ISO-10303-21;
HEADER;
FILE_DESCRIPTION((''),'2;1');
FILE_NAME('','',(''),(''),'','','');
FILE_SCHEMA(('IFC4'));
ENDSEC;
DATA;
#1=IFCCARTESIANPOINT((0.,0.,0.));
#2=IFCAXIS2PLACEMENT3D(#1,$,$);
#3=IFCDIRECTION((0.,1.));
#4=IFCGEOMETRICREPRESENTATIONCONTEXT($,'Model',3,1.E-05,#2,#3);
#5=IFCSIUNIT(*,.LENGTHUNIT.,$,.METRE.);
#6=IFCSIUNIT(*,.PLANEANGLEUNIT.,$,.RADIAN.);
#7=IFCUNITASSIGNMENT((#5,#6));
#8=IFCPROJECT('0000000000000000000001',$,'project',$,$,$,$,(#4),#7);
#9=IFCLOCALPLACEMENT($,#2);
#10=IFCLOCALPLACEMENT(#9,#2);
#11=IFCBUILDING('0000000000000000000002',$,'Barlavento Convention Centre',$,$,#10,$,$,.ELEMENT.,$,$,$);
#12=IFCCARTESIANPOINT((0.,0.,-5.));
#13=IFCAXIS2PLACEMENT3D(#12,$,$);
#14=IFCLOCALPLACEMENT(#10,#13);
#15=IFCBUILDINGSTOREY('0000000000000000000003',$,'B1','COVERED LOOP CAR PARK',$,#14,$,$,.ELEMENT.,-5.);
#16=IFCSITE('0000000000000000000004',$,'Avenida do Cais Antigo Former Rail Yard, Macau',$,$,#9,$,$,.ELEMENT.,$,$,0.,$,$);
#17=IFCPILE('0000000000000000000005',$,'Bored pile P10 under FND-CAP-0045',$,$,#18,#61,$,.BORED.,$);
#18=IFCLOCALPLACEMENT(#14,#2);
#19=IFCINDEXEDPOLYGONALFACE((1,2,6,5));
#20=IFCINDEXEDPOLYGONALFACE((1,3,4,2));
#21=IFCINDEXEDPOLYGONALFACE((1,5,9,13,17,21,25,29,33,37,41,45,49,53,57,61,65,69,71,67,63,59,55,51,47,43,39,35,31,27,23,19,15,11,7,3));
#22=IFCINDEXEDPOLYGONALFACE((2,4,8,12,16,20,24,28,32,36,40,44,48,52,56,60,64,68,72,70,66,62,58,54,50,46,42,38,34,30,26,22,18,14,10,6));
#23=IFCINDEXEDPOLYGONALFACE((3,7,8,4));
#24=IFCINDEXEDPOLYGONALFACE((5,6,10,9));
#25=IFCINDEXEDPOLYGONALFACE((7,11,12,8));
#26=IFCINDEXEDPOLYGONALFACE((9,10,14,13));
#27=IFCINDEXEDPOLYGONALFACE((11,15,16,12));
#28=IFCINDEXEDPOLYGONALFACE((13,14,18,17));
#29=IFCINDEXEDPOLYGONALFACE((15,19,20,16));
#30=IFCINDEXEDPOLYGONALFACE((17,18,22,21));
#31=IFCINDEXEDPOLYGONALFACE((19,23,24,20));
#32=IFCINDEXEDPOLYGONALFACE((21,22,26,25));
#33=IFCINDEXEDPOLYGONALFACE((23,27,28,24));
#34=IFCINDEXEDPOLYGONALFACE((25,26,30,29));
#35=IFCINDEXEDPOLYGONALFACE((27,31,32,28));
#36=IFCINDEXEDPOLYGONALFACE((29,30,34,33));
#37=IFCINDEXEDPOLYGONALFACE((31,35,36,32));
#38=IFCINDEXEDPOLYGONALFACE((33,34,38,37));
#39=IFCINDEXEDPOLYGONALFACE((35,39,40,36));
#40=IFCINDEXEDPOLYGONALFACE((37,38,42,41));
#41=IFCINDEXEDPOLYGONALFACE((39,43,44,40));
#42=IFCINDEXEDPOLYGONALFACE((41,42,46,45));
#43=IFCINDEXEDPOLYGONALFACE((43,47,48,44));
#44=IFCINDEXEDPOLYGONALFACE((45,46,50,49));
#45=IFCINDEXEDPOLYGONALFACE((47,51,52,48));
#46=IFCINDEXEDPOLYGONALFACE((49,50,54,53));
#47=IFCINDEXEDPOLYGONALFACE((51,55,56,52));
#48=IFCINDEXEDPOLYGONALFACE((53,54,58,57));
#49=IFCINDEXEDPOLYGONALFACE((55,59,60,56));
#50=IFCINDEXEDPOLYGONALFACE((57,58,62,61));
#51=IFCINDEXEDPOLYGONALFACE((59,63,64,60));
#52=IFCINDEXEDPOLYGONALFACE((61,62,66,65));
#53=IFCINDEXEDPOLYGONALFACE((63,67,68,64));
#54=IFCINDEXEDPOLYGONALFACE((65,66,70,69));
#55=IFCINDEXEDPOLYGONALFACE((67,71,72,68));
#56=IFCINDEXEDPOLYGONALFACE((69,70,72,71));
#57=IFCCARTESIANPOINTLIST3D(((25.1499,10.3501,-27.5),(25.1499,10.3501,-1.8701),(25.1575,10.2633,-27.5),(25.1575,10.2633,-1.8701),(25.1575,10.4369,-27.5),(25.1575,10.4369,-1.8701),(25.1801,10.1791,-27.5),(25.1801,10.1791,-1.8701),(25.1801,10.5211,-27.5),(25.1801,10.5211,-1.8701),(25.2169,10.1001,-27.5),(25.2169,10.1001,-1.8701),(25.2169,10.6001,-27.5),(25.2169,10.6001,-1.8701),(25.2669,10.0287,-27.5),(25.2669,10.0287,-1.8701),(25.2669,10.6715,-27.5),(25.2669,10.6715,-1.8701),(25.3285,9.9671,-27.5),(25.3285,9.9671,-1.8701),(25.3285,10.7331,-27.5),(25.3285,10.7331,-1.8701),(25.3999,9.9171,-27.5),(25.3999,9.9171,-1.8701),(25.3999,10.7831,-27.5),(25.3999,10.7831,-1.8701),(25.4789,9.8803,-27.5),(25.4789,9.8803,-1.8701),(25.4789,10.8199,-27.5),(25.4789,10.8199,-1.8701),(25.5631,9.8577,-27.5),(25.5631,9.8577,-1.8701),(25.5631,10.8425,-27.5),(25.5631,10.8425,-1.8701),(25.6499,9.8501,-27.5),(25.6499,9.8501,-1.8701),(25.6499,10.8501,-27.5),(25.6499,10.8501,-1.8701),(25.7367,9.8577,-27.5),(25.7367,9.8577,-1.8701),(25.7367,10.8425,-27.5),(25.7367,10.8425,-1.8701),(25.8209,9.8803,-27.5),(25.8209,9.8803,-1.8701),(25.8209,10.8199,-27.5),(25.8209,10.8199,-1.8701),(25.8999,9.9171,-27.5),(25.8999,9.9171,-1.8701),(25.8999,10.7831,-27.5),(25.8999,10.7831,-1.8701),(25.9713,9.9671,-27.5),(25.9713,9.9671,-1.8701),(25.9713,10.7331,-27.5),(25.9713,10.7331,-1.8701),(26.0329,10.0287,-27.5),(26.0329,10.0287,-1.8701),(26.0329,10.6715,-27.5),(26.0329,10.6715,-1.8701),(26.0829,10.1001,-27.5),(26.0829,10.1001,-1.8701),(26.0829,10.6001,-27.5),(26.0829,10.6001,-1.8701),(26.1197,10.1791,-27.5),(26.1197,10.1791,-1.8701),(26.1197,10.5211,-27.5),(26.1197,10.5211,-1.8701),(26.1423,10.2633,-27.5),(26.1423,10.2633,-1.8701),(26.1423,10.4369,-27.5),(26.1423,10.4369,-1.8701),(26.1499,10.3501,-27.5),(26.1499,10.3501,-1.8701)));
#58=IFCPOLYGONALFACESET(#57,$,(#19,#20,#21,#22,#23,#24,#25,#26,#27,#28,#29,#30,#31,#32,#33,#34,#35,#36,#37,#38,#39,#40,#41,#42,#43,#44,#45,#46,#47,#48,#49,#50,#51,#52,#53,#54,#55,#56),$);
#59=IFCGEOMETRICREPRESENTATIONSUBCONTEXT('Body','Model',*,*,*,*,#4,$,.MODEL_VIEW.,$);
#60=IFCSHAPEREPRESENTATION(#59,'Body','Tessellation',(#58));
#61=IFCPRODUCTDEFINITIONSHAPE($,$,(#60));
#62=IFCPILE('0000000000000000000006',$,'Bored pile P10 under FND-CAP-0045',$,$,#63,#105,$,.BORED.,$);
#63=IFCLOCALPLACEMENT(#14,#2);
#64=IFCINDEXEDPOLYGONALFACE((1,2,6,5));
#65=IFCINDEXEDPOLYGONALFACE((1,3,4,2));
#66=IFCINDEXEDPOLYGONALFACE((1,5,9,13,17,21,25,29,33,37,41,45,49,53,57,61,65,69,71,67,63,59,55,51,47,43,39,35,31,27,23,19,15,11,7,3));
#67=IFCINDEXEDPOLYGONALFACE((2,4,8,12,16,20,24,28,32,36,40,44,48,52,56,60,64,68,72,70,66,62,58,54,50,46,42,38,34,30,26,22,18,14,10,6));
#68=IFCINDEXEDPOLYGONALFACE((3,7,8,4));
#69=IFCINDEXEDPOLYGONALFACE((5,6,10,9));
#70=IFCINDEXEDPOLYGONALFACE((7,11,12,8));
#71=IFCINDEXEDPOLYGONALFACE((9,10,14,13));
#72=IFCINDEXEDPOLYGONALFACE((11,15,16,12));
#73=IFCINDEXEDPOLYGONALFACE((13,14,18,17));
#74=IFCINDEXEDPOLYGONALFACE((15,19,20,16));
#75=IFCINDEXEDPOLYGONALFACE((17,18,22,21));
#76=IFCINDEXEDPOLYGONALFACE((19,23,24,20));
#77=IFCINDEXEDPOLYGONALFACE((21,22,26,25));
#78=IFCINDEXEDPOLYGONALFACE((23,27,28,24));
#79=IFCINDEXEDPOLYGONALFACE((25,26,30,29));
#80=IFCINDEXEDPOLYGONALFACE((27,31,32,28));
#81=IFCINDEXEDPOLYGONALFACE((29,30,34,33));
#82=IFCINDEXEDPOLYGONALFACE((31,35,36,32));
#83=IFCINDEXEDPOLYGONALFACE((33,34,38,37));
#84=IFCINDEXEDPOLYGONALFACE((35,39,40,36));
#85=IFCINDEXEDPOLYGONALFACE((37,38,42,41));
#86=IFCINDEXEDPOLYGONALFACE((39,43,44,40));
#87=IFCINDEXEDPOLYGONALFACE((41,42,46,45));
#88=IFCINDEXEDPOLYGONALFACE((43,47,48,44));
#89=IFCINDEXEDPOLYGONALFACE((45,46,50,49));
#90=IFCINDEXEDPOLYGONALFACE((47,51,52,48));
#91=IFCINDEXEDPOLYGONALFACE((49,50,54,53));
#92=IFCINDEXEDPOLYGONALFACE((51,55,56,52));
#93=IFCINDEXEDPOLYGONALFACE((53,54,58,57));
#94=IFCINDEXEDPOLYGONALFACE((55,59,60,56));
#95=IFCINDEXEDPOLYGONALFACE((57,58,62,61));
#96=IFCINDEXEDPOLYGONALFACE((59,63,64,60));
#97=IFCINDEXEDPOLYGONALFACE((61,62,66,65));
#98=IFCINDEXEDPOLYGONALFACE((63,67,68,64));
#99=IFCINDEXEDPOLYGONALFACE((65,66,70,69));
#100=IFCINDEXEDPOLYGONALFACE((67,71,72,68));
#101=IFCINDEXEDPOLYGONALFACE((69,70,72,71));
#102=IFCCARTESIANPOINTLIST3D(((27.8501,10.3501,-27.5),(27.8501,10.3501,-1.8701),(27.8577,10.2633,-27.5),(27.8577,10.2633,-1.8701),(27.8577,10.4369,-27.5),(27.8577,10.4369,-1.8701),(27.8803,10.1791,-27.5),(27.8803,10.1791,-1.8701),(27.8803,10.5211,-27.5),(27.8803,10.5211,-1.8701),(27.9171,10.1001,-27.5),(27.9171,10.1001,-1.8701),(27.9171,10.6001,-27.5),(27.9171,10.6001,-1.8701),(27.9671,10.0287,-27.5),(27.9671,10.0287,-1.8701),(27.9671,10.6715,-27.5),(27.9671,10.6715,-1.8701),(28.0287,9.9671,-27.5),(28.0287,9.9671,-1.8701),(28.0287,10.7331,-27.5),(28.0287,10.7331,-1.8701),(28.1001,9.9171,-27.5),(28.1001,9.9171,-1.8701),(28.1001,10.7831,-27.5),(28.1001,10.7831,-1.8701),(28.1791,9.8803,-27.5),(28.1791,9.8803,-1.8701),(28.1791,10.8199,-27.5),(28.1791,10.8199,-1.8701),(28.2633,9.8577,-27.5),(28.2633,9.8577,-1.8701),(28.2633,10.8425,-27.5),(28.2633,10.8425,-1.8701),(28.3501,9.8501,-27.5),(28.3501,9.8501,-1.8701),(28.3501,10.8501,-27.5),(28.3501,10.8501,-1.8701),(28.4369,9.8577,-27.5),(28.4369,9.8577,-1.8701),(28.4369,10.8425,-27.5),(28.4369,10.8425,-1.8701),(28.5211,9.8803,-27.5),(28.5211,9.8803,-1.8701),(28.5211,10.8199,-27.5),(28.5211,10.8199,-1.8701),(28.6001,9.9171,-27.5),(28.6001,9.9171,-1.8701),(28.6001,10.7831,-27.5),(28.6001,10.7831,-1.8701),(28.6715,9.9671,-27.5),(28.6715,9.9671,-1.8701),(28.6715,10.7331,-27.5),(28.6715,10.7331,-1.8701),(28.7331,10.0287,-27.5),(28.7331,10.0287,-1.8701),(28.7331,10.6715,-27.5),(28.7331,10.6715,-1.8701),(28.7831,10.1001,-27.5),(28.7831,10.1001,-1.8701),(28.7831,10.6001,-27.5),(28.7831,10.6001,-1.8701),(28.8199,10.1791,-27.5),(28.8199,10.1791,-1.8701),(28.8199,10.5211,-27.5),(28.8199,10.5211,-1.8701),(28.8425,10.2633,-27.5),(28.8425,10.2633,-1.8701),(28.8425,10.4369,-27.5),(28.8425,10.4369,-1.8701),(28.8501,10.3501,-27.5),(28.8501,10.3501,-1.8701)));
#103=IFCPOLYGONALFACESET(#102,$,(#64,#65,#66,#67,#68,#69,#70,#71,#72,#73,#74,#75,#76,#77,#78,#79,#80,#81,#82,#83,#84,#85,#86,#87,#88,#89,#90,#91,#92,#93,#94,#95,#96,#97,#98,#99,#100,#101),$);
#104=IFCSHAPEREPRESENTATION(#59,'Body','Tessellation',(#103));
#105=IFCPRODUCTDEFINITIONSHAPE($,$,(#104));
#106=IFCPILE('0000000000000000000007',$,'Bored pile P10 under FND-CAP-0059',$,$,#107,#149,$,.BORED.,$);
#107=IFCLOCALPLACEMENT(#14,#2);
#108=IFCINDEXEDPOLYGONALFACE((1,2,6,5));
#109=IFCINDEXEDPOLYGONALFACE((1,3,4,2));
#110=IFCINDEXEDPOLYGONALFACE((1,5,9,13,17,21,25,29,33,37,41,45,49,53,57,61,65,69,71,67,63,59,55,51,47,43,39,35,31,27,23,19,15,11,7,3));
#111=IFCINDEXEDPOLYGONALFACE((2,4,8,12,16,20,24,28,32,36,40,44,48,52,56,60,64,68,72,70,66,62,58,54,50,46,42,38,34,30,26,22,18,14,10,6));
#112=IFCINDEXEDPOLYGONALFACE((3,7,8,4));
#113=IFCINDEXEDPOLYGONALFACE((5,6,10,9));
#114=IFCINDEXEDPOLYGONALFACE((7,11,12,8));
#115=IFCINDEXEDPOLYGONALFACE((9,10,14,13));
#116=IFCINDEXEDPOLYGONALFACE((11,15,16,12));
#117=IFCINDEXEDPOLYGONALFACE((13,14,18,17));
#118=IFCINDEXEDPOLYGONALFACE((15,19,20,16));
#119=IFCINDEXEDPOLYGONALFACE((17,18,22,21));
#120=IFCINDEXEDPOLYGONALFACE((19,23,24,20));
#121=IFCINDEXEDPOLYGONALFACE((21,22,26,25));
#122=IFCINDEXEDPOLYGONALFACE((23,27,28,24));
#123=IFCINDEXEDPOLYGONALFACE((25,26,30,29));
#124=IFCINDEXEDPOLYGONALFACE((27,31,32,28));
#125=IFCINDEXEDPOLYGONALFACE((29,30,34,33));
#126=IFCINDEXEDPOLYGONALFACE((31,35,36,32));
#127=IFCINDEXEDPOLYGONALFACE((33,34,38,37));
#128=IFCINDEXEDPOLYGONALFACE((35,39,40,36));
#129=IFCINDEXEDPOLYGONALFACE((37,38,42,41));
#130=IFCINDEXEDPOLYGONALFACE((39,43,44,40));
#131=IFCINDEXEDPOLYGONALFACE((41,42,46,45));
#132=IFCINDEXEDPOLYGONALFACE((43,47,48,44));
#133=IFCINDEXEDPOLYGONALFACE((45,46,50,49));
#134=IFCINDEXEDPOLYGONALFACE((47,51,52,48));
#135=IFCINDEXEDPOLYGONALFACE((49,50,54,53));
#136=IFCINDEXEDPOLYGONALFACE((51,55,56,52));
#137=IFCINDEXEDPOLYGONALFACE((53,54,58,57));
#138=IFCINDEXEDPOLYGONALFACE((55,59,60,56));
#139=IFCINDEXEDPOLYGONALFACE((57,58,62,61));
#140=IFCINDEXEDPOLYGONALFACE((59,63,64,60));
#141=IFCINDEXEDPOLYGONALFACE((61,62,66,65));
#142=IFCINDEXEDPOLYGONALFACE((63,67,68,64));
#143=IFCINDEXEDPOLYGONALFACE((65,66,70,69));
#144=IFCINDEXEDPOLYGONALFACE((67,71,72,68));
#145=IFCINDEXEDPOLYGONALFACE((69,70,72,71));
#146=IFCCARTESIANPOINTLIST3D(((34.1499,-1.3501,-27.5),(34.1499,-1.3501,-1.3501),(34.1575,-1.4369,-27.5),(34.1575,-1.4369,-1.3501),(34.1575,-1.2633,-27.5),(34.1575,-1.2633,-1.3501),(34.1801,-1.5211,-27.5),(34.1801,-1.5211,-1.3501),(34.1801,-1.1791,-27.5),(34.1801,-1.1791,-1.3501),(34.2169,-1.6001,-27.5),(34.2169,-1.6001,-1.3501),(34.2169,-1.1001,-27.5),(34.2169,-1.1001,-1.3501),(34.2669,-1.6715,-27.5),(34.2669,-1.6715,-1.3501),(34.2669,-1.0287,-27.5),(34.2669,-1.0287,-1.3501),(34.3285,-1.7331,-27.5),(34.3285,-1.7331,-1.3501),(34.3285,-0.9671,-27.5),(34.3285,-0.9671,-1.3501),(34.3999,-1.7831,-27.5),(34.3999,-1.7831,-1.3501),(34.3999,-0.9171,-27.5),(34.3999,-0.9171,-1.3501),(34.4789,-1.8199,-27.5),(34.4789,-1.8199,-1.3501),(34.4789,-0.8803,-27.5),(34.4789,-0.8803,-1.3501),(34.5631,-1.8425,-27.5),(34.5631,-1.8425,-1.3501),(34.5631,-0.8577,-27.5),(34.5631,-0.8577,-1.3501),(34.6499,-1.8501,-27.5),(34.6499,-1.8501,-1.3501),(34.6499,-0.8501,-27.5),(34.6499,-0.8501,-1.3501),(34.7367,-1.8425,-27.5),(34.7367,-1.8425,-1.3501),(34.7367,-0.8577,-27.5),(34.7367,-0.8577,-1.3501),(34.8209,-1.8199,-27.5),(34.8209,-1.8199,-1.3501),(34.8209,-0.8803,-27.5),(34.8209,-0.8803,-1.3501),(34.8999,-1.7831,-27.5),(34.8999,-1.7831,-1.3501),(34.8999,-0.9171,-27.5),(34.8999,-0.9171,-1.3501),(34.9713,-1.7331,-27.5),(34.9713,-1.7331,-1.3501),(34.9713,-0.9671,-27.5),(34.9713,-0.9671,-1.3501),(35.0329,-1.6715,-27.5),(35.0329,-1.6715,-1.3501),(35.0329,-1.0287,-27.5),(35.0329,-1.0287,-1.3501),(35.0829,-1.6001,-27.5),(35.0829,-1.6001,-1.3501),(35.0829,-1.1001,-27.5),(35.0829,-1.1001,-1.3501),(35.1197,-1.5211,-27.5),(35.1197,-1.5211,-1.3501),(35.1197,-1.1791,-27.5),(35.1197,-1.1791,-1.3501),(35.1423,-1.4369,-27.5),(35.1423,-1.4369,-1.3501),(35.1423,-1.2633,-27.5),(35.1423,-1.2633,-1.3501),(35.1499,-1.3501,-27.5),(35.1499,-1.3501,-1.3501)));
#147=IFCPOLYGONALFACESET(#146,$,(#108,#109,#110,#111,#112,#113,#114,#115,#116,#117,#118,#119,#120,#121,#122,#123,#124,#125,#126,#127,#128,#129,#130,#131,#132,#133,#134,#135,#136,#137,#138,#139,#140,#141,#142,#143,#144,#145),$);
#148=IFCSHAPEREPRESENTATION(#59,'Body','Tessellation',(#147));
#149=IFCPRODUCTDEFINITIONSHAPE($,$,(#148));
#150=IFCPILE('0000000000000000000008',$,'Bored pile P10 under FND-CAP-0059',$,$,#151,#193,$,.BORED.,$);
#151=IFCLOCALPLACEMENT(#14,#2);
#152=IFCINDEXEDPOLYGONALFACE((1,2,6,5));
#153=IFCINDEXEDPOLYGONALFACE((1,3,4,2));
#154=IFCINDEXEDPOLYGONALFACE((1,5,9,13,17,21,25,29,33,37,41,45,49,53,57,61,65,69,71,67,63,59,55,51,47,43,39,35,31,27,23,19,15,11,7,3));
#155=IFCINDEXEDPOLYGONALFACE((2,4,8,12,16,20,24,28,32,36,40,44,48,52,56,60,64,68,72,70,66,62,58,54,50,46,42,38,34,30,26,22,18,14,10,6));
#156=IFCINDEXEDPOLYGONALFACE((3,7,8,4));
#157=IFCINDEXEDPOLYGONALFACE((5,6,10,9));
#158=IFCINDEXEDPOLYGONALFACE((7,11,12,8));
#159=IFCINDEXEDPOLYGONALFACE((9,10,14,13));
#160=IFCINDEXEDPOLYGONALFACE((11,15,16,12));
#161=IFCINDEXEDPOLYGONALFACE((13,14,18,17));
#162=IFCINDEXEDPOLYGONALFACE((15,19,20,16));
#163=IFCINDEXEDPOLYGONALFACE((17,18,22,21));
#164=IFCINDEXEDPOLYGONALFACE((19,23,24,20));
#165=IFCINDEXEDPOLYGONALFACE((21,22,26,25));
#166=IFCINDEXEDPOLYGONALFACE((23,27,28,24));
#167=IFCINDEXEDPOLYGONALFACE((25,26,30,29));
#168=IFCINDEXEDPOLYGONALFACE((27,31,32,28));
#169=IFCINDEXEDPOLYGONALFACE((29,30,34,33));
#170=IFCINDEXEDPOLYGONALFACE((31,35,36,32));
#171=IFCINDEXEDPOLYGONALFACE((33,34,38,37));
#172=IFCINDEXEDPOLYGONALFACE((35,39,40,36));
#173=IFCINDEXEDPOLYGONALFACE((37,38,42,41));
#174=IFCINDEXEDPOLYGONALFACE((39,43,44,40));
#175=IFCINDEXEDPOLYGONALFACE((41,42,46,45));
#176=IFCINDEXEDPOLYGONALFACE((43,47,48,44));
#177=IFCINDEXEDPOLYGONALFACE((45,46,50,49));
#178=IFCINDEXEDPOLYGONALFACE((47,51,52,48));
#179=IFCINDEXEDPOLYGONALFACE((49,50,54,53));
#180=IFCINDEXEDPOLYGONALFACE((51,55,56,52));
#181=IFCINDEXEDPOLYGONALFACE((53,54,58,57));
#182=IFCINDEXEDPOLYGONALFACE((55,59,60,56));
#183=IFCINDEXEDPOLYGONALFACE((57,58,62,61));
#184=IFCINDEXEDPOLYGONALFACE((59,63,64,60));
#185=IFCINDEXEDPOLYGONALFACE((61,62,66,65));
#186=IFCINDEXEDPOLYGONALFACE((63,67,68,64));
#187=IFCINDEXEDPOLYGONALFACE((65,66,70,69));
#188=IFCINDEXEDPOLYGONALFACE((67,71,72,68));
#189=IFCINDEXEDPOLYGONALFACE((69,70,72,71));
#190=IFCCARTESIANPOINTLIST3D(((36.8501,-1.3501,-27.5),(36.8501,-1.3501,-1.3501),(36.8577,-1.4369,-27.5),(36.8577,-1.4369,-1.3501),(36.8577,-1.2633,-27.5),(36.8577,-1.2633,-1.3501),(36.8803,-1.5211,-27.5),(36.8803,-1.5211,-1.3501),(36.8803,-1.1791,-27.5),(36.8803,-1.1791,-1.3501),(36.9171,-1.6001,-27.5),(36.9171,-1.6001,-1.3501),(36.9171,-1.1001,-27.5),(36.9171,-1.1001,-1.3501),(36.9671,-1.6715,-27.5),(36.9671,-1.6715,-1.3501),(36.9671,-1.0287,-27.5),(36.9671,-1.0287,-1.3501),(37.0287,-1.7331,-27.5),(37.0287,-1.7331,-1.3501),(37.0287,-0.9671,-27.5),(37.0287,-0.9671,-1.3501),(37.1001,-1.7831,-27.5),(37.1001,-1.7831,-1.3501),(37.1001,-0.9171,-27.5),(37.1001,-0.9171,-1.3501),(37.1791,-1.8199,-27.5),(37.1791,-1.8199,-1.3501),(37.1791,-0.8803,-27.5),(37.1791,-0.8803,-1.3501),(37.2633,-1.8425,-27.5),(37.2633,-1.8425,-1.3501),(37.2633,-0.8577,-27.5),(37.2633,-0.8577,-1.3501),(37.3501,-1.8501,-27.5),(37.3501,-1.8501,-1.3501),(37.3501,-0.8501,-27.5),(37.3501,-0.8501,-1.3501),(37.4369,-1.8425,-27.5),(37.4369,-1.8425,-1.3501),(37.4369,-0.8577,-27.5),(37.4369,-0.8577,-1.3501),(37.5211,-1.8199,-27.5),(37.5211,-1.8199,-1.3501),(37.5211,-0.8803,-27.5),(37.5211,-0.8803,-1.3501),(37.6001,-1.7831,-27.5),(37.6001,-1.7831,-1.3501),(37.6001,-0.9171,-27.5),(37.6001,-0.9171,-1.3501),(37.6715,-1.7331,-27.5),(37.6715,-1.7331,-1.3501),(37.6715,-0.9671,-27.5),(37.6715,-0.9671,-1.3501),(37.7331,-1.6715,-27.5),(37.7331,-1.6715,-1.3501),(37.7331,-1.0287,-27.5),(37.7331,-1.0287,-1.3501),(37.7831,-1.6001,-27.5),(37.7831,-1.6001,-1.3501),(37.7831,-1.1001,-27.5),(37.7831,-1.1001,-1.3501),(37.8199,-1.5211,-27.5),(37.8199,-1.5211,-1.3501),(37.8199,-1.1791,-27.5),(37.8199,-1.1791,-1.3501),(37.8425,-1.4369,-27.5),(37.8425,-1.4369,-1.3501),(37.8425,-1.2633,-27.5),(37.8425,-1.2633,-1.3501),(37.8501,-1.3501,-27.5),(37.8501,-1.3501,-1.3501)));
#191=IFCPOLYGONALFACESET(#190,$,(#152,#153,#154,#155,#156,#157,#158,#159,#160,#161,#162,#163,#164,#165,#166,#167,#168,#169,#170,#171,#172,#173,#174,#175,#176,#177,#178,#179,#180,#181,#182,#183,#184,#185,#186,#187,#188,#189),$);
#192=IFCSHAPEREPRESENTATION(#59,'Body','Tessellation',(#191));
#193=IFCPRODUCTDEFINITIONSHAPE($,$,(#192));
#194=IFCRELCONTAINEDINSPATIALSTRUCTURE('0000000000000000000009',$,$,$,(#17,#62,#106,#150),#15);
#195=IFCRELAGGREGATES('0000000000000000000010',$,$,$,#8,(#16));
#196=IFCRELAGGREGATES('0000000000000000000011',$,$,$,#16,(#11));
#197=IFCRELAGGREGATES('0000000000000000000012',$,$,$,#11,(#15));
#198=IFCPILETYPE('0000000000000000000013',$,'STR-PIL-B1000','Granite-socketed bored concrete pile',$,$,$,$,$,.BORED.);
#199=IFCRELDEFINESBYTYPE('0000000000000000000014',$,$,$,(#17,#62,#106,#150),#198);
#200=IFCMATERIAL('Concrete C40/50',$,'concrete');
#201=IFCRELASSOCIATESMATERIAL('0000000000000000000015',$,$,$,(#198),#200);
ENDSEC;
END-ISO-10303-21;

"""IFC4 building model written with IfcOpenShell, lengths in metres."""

from ifc_helpers import new_model, si_unit, direction, frame, origin, origin_2d, place, context, subcontext, project, spatial, circle, extrude, material, material_profile, profile_set, type_object, element, save


model = new_model("IFC4")

# Units and contexts
model_context = context("Model", 3, precision=1e-05, world=origin(), true_north=direction((0.0, 1.0)))
body_context = subcontext(model_context, "Body", "Model", "MODEL_VIEW")
ifc_project = project(units=[si_unit("LENGTHUNIT", "METRE"), si_unit("PLANEANGLEUNIT", "RADIAN")], contexts=[model_context])

# Site, building, storey
site_placement = place(None, origin())
site = spatial("IfcSite", under=ifc_project, at=site_placement, Name="Avenida do Cais Antigo Former Rail Yard, Macau", CompositionType="ELEMENT", RefElevation=0.0)
building_placement = place(site_placement, origin())
building = spatial("IfcBuilding", under=site, at=building_placement, Name="Barlavento Convention Centre", CompositionType="ELEMENT")
storey_placement = place(building_placement, frame((0.0, 0.0, -5.0)))
storey = spatial("IfcBuildingStorey", under=building, at=storey_placement, Name="B1", Description="COVERED LOOP CAR PARK", CompositionType="ELEMENT", Elevation=-5.0)

# Shared definitions
ifc_material_1 = material(Name="Concrete C40/50", Category="concrete")

# Piles
ifc_material_profile_1 = material_profile(ifc_material_1, circle(Radius=0.5, at=origin_2d()), Name="BORED PILE 1000")
ifc_profile_set_1 = profile_set([ifc_material_profile_1], Name="Concrete C40/50")
pile_type_1 = type_object("IfcPileType", Name="STR-PIL-B1000", Description="Granite-socketed bored concrete pile", PredefinedType="BORED", material=ifc_profile_set_1)
for number, where, z_axis, x_axis, name in (
    (1, (25.6499, 10.3501, -1.8701), (0.0, 0.0, -1.0), (1.0, 0.0, 0.0), "Bored pile P10 under FND-CAP-0045"),
    (2, (28.3501, 10.3501, -1.8701), (0.0, 0.0, -1.0), (1.0, 0.0, 0.0), "Bored pile P10 under FND-CAP-0045"),
):
    element("IfcPile", number, at=place(storey_placement, frame(where, z_axis=z_axis, x_axis=x_axis)), inside=storey, type_object=pile_type_1, Name=name, PredefinedType="BORED", context=body_context, shape_type="SweptSolid", body=[
        extrude(circle(Radius=0.5, at=origin_2d()), origin(), (0.0, 0.0, 1.0), 25.6299),
    ])
for number, where, z_axis, x_axis, name in (
    (3, (34.6499, -1.3501, -1.3501), (0.0, 0.0, -1.0), (1.0, 0.0, 0.0), "Bored pile P10 under FND-CAP-0059"),
    (4, (37.3501, -1.3501, -1.3501), (0.0, 0.0, -1.0), (1.0, 0.0, 0.0), "Bored pile P10 under FND-CAP-0059"),
):
    element("IfcPile", number, at=place(storey_placement, frame(where, z_axis=z_axis, x_axis=x_axis)), inside=storey, type_object=pile_type_1, Name=name, PredefinedType="BORED", context=body_context, shape_type="SweptSolid", body=[
        extrude(circle(Radius=0.5, at=origin_2d()), origin(), (0.0, 0.0, 1.0), 26.1499),
    ])

save(model, "model.ifc")
